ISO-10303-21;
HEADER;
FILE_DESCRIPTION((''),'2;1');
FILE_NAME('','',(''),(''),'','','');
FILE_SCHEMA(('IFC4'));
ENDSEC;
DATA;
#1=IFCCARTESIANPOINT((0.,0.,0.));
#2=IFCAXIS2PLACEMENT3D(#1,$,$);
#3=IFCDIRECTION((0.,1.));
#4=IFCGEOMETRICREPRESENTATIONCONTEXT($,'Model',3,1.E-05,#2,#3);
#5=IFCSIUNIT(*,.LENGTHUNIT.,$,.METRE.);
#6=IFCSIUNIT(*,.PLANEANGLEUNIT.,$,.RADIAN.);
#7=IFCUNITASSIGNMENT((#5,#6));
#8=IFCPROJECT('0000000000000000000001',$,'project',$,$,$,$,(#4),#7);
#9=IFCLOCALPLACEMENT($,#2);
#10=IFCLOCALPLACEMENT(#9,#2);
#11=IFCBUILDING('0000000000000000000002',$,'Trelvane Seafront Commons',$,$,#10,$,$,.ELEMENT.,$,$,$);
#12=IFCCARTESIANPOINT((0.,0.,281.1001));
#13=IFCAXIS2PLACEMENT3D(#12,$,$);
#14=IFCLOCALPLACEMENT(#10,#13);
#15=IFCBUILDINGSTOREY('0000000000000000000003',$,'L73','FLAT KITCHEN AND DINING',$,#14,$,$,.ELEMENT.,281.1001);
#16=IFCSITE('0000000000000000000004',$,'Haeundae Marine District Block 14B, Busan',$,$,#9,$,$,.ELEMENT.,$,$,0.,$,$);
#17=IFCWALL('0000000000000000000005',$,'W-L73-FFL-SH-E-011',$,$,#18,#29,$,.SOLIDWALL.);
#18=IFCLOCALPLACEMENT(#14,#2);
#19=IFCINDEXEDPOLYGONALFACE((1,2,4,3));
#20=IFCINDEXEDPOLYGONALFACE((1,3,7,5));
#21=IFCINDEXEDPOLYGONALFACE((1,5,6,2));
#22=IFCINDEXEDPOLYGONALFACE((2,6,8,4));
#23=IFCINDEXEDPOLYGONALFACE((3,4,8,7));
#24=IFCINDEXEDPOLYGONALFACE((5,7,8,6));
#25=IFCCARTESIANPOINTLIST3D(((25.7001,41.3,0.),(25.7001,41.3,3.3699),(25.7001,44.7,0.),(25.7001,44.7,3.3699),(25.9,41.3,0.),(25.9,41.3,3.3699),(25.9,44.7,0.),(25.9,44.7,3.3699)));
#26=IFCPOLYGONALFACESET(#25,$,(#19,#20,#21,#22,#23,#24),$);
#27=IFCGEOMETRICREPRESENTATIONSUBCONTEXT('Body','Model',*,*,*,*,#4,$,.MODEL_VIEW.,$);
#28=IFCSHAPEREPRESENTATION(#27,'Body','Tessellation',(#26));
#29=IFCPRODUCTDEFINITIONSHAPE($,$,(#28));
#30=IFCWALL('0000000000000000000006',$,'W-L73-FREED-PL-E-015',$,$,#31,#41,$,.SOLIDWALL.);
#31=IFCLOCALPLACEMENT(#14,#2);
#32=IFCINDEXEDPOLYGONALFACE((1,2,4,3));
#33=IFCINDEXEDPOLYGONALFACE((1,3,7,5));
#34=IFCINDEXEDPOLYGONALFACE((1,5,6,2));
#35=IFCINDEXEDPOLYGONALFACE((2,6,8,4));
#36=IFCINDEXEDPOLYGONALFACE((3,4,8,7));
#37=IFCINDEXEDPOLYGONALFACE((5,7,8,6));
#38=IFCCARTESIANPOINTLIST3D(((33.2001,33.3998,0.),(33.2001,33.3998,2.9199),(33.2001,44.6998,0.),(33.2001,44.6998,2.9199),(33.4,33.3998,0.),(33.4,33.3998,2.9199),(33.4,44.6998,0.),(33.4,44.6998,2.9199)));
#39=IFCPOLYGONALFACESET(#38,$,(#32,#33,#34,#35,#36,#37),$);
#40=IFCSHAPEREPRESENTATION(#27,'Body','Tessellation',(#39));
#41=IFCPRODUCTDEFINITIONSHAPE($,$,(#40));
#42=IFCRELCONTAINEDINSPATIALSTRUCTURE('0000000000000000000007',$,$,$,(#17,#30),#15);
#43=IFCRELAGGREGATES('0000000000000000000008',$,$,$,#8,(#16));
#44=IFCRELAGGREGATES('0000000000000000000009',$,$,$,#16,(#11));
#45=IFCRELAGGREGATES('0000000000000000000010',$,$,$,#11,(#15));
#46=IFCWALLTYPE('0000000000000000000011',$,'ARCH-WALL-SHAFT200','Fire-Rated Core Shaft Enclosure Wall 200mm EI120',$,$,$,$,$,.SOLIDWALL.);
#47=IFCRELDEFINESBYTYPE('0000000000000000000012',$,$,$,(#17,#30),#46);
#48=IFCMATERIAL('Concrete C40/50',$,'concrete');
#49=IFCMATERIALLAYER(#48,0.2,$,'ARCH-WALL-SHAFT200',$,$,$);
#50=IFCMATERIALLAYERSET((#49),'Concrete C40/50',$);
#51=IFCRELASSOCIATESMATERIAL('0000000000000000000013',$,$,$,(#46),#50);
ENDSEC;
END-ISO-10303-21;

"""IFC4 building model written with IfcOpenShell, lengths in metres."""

from ifc_helpers import new_model, si_unit, direction, frame, frame_2d, origin, place, context, subcontext, project, spatial, rectangle, extrude, material, layer, layer_set, type_object, element, save


model = new_model("IFC4")

# Units and contexts
model_context = context("Model", 3, precision=1e-05, world=origin(), true_north=direction((0.0, 1.0)))
body_context = subcontext(model_context, "Body", "Model", "MODEL_VIEW")
ifc_project = project(units=[si_unit("LENGTHUNIT", "METRE"), si_unit("PLANEANGLEUNIT", "RADIAN")], contexts=[model_context])

# Site, building, storey
site_placement = place(None, origin())
site = spatial("IfcSite", under=ifc_project, at=site_placement, Name="Haeundae Marine District Block 14B, Busan", CompositionType="ELEMENT", RefElevation=0.0)
building_placement = place(site_placement, origin())
building = spatial("IfcBuilding", under=site, at=building_placement, Name="Trelvane Seafront Commons", CompositionType="ELEMENT")
storey_placement = place(building_placement, frame((0.0, 0.0, 281.1001)))
storey = spatial("IfcBuildingStorey", under=building, at=storey_placement, Name="L73", Description="FLAT KITCHEN AND DINING", CompositionType="ELEMENT", Elevation=281.1001)

# Shared definitions
ifc_material_1 = material(Name="Concrete C40/50", Category="concrete")

# Walls
ifc_layer_1 = layer(ifc_material_1, 0.2, Name="ARCH-WALL-SHAFT200")
ifc_layer_set_1 = layer_set([ifc_layer_1], Name="Concrete C40/50")
wall_type_1 = type_object("IfcWallType", Name="ARCH-WALL-SHAFT200", Description="Fire-Rated Core Shaft Enclosure Wall 200mm EI120", PredefinedType="SOLIDWALL", material=ifc_layer_set_1)
for number, where, z_axis, x_axis, name in (
    (1, (25.8, 41.3, 0.0), (0.0, 0.0, 1.0), (0.0, 1.0, 0.0), "W-L73-FFL-SH-E-011"),
):
    element("IfcWall", number, at=place(storey_placement, frame(where, z_axis=z_axis, x_axis=x_axis)), inside=storey, type_object=wall_type_1, Name=name, PredefinedType="SOLIDWALL", context=body_context, shape_type="SweptSolid", body=[
        extrude(rectangle(XDim=3.3999, YDim=0.2, at=frame_2d((1.7, 0.0))), origin(), (0.0, 0.0, 1.0), 3.3699),
    ])
wall_1_placement = place(storey_placement, frame((33.3, 33.3999, 0.0), z_axis=(0.0, 0.0, 1.0), x_axis=(0.0, 1.0, 0.0)))
element("IfcWall", 2, at=wall_1_placement, inside=storey, type_object=wall_type_1, Name="W-L73-FREED-PL-E-015", PredefinedType="SOLIDWALL", context=body_context, shape_type="SweptSolid", body=[
    extrude(rectangle(XDim=11.3, YDim=0.2, at=frame_2d((5.6499, 0.0))), origin(), (0.0, 0.0, 1.0), 2.9199),
])

save(model, "model.ifc")
